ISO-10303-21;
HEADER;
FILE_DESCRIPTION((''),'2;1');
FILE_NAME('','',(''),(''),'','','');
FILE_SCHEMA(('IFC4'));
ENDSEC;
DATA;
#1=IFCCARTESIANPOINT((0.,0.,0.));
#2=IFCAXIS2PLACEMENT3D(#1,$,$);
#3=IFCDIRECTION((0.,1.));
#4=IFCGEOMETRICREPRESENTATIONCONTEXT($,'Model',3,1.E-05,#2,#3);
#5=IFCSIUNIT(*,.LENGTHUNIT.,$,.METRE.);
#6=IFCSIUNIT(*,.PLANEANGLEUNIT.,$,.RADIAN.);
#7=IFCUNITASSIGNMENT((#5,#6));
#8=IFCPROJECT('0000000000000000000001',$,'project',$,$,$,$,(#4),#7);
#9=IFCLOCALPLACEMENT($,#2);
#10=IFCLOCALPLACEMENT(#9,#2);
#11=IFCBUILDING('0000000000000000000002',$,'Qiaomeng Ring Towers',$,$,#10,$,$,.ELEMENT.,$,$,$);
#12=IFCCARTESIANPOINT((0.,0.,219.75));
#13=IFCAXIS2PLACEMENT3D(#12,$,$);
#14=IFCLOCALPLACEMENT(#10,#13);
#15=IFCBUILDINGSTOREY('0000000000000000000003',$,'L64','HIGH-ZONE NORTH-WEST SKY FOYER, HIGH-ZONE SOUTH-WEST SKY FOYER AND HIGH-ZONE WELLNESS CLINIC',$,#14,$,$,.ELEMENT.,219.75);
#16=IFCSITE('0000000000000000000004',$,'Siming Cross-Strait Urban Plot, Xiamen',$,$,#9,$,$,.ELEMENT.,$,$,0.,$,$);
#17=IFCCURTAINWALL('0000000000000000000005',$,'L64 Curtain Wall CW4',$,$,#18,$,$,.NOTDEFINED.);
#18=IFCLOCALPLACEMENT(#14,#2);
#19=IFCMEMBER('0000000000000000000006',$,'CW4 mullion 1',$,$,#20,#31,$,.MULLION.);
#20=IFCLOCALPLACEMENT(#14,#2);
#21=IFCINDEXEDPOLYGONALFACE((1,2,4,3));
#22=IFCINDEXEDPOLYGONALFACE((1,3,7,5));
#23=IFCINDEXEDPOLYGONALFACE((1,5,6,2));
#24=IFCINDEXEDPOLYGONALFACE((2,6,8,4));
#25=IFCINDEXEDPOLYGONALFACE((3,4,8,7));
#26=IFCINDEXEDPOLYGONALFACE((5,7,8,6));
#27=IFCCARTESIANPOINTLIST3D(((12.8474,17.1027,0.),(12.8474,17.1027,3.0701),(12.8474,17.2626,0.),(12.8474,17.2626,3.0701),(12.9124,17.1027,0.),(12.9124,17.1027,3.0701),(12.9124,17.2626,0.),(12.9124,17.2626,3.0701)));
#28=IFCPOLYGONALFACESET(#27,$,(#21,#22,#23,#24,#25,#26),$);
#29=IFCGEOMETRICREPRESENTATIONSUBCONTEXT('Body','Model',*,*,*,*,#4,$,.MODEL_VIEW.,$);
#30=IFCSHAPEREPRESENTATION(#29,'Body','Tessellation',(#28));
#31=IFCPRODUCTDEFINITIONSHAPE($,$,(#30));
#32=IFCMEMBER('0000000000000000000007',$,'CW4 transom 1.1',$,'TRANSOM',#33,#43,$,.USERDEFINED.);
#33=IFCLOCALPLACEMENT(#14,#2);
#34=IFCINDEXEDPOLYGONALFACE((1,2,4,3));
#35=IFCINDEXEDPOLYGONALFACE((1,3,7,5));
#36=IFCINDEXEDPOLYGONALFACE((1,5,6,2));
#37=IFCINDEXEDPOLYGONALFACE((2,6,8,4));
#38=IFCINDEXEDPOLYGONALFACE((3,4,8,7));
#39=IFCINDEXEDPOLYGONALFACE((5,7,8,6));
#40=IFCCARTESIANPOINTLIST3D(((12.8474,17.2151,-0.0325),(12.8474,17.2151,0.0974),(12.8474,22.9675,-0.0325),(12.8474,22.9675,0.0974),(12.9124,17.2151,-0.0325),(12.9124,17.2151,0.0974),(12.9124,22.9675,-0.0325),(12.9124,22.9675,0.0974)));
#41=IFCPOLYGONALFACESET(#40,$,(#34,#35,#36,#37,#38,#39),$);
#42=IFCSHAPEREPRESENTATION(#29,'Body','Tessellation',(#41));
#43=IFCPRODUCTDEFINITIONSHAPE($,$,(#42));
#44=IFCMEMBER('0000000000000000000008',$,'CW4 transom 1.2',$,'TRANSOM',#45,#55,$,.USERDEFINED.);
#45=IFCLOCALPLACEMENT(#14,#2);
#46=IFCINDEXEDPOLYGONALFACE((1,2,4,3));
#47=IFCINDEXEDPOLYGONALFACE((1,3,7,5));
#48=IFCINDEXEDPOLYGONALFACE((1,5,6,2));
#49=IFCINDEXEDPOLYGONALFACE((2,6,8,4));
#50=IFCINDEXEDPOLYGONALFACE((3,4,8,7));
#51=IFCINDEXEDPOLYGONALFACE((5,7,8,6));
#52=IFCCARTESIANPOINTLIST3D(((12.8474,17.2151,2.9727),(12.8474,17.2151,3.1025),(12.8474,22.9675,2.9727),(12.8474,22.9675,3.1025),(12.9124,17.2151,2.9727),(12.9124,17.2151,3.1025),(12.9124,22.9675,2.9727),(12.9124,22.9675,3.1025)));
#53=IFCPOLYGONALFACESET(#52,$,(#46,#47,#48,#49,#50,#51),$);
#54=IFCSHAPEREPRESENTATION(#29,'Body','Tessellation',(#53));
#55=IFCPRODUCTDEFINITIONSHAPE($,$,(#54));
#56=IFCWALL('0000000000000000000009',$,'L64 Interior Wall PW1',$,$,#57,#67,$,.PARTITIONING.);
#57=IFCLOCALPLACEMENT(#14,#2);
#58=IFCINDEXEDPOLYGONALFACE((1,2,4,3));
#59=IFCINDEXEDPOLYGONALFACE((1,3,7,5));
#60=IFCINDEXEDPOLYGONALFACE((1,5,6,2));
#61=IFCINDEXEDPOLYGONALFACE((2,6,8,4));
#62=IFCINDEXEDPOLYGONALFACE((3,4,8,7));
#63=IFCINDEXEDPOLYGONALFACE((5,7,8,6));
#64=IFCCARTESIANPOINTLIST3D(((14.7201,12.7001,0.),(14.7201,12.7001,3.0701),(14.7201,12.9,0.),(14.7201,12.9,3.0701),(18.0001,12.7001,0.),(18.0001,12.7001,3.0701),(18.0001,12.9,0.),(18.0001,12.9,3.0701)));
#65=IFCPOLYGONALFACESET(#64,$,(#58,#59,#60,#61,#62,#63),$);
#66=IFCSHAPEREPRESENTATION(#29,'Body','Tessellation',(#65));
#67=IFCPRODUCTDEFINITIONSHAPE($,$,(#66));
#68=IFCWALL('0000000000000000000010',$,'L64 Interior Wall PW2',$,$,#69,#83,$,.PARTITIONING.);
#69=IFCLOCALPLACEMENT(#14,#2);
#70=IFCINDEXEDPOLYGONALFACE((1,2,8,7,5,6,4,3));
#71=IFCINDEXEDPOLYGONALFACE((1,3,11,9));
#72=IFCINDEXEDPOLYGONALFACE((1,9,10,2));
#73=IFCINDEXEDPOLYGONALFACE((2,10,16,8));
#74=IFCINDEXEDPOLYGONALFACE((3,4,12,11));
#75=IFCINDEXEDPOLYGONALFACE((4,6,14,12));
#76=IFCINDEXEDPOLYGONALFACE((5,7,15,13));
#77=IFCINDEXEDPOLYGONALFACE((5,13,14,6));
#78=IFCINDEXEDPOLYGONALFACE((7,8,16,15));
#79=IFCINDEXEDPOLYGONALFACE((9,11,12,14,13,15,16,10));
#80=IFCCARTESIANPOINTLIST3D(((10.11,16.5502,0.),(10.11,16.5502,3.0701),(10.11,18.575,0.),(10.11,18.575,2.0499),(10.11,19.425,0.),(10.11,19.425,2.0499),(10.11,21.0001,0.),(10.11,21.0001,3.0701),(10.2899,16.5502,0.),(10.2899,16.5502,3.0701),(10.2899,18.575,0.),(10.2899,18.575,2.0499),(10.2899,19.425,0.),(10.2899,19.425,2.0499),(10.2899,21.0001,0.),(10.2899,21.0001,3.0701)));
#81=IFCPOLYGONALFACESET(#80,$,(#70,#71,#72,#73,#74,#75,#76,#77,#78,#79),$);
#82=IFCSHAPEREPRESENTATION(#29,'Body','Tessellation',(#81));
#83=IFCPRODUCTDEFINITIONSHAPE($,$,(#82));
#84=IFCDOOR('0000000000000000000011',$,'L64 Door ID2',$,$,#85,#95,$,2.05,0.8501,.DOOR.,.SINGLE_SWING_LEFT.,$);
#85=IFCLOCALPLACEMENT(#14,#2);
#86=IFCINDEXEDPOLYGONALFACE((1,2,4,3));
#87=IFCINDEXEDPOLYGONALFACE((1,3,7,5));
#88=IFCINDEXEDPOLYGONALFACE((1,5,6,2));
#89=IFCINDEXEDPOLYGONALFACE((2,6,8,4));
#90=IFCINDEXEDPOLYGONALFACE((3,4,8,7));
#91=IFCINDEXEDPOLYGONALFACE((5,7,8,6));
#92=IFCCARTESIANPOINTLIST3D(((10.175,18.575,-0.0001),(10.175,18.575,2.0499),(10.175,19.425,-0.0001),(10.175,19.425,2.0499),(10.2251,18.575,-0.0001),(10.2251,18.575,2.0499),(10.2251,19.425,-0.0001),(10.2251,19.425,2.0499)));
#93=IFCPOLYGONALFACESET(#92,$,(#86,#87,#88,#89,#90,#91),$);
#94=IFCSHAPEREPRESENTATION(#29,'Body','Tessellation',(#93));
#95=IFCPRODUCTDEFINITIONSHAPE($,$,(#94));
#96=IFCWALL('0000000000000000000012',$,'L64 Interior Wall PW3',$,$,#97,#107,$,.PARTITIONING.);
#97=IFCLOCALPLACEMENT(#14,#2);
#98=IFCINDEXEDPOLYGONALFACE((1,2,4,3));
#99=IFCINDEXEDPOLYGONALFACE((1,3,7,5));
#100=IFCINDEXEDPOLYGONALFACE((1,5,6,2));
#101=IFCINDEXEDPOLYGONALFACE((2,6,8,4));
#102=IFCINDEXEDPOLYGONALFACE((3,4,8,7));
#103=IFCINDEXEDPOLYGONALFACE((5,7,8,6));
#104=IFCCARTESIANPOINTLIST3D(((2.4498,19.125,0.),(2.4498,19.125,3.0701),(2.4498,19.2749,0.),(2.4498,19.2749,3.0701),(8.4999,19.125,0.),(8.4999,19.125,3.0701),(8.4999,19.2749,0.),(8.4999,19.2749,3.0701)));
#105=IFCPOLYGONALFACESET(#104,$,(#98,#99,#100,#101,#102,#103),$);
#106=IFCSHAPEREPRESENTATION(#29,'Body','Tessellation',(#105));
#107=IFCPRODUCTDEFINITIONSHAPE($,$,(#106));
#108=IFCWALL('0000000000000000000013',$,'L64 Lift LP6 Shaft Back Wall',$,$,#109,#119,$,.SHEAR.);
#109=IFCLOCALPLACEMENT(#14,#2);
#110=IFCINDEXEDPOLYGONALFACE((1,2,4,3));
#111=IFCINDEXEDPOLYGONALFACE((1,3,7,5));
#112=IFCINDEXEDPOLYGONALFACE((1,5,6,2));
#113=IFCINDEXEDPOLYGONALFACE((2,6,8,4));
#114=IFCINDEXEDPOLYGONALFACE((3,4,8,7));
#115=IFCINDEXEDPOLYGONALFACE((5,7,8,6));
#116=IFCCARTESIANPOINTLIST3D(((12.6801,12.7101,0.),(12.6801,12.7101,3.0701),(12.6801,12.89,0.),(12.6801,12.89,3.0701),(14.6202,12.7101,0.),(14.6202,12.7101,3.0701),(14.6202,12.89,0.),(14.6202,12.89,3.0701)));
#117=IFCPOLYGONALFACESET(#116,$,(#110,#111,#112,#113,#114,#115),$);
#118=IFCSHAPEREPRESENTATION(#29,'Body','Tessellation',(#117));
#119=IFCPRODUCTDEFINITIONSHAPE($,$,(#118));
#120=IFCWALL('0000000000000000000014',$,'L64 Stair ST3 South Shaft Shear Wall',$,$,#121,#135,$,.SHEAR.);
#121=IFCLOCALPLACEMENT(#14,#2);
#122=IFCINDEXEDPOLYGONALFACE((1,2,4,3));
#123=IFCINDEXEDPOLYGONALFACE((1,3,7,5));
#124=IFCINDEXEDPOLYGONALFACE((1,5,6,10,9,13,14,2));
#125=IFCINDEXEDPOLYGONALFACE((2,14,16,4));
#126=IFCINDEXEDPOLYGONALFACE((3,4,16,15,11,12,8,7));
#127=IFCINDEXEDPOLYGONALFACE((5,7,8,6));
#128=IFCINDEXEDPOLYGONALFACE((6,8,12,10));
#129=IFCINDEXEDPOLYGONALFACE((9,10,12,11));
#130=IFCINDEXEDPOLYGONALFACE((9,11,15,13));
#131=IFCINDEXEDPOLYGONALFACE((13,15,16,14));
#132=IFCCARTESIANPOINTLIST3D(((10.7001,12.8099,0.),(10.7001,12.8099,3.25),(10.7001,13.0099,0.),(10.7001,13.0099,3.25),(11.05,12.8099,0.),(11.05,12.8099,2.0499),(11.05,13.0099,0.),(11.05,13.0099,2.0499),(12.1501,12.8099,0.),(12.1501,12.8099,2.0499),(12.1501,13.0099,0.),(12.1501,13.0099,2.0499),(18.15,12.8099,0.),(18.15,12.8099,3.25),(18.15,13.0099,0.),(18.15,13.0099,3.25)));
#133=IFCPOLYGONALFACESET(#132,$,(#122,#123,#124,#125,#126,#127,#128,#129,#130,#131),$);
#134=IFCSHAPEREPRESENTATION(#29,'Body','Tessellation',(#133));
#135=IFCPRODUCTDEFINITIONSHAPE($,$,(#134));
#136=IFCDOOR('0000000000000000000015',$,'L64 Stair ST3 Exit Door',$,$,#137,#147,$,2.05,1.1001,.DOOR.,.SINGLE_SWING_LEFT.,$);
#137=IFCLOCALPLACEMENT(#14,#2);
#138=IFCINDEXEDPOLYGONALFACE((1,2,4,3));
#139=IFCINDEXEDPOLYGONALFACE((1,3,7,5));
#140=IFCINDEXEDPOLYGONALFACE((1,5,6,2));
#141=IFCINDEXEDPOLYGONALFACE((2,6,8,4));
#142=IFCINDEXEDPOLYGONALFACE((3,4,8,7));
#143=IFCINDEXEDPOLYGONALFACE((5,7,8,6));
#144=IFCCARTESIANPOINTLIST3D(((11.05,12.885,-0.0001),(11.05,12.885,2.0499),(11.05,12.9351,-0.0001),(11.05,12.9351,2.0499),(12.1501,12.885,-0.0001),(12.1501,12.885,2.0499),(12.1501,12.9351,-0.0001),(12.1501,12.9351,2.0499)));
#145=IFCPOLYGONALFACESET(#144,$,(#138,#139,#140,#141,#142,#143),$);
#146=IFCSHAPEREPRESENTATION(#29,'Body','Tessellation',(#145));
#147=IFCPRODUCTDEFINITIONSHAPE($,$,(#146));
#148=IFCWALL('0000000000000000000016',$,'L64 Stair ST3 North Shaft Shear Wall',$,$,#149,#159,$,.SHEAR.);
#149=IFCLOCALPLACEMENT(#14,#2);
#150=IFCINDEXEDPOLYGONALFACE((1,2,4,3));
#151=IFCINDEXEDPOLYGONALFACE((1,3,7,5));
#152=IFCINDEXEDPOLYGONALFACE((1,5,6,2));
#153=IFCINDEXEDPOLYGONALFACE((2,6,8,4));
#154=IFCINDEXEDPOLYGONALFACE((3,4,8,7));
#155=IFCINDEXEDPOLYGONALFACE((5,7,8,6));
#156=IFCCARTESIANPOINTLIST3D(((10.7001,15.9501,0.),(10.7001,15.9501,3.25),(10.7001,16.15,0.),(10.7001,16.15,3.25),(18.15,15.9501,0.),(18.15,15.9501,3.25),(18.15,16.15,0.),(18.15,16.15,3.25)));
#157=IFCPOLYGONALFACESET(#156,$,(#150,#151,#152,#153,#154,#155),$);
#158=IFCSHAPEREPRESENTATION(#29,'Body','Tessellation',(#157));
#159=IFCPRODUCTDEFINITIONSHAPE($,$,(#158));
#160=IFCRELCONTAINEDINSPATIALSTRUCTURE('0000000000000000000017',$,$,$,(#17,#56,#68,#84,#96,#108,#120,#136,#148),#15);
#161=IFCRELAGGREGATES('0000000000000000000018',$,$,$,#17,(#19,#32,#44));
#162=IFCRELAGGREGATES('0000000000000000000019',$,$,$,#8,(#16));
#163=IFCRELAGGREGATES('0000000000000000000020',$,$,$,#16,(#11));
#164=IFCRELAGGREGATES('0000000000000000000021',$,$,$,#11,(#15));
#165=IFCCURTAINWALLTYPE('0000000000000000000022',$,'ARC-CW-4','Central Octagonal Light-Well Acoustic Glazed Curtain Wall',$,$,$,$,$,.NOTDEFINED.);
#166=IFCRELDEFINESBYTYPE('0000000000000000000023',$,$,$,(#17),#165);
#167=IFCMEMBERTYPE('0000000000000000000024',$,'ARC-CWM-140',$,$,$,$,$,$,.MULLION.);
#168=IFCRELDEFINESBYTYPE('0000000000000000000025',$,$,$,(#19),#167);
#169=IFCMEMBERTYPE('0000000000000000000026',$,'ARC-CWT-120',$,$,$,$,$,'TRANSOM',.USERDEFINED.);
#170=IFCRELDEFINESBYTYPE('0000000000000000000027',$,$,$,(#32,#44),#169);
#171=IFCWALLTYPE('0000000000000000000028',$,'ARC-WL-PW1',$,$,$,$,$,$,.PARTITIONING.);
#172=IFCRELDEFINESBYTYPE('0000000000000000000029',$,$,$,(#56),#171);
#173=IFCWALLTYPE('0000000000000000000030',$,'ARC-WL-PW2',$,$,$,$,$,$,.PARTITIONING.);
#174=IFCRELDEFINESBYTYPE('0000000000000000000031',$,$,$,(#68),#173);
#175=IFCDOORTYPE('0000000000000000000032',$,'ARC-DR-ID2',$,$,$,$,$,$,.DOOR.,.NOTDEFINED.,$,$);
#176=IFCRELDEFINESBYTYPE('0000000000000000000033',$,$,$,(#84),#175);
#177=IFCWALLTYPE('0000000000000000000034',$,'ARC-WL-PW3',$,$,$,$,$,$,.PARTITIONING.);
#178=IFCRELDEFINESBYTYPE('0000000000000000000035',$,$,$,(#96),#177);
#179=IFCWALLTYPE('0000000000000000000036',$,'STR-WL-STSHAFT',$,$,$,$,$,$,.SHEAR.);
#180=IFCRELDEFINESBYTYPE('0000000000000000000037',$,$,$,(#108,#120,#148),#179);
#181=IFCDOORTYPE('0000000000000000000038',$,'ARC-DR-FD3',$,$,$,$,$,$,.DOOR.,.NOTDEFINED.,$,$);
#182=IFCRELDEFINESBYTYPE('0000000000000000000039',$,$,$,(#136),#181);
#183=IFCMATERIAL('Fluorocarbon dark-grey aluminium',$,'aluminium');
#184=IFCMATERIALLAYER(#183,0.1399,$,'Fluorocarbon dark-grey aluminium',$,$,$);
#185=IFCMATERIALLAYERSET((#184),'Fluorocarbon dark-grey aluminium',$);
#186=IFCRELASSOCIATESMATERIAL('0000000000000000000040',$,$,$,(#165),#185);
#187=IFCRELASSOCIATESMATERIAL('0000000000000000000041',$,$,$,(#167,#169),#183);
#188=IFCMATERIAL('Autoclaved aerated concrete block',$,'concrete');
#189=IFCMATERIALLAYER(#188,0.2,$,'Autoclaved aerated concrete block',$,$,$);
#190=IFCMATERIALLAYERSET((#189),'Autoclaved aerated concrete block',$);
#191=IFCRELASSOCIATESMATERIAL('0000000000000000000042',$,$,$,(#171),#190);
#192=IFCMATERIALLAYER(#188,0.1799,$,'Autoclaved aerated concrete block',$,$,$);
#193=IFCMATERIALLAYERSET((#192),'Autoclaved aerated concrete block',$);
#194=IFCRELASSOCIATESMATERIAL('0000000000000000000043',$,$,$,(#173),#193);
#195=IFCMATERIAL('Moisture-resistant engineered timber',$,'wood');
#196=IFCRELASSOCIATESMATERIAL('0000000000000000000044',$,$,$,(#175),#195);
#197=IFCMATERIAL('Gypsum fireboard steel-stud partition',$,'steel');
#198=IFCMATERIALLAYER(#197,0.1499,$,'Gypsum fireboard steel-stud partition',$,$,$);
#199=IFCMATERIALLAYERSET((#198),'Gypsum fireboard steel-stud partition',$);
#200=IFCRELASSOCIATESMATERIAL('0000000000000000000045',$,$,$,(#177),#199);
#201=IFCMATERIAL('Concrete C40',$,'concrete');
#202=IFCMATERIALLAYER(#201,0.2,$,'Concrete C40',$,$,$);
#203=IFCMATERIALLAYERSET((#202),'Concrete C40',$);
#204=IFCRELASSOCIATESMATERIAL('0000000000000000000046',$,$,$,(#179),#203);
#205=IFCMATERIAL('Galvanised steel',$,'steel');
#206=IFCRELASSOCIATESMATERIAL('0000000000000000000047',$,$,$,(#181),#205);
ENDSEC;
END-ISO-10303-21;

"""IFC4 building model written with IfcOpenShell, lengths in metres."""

from ifc_helpers import new_model, si_unit, direction, frame, frame_2d, origin, origin_2d, place, context, subcontext, project, spatial, rectangle, extrude, source, transform, mapped, material, layer, layer_set, material_profile, profile_set, type_object, element, fill, aggregate, save


model = new_model("IFC4")

# Units and contexts
model_context = context("Model", 3, precision=1e-05, world=origin(), true_north=direction((0.0, 1.0)))
body_context = subcontext(model_context, "Body", "Model", "MODEL_VIEW")
ifc_project = project(units=[si_unit("LENGTHUNIT", "METRE"), si_unit("PLANEANGLEUNIT", "RADIAN")], contexts=[model_context])

# Site, building, storey
site_placement = place(None, origin())
site = spatial("IfcSite", under=ifc_project, at=site_placement, Name="Siming Cross-Strait Urban Plot, Xiamen", CompositionType="ELEMENT", RefElevation=0.0)
building_placement = place(site_placement, origin())
building = spatial("IfcBuilding", under=site, at=building_placement, Name="Qiaomeng Ring Towers", CompositionType="ELEMENT")
storey_placement = place(building_placement, frame((0.0, 0.0, 219.75)))
storey = spatial("IfcBuildingStorey", under=building, at=storey_placement, Name="L64", Description="HIGH-ZONE NORTH-WEST SKY FOYER, HIGH-ZONE SOUTH-WEST SKY FOYER AND HIGH-ZONE WELLNESS CLINIC", CompositionType="ELEMENT", Elevation=219.75)

# Shared definitions
ifc_material_1 = material(Name="Concrete C40", Category="concrete")

# Curtain wall, members
ifc_material_2 = material(Name="Fluorocarbon dark-grey aluminium", Category="aluminium")
ifc_layer_1 = layer(ifc_material_2, 0.1399, Name="Fluorocarbon dark-grey aluminium")
ifc_layer_set_1 = layer_set([ifc_layer_1], Name="Fluorocarbon dark-grey aluminium")
curtain_wall_type = type_object("IfcCurtainWallType", Name="ARC-CW-4", Description="Central Octagonal Light-Well Acoustic Glazed Curtain Wall", PredefinedType="NOTDEFINED", material=ifc_layer_set_1)
curtain_wall_placement = place(storey_placement, origin())
curtain_wall = element("IfcCurtainWall", 1, at=curtain_wall_placement, inside=storey, type_object=curtain_wall_type, Name="L64 Curtain Wall CW4", PredefinedType="NOTDEFINED")
ifc_material_profile_1 = material_profile(ifc_material_2, rectangle(XDim=0.0649, YDim=0.1599, at=origin_2d()), Name="ALU MULL 65x160")
ifc_profile_set_1 = profile_set([ifc_material_profile_1], Name="Fluorocarbon dark-grey aluminium")
member_type_1 = type_object("IfcMemberType", Name="ARC-CWM-140", PredefinedType="MULLION", material=ifc_profile_set_1)
shared_shape_1 = source(origin(), body_context, "Body", "SweptSolid", [
    extrude(rectangle(XDim=0.0649, YDim=0.1599, at=origin_2d()), origin(), (0.0, 0.0, 1.0), 3.0701),
])
member_1_placement = place(storey_placement, frame((12.8799, 17.1826, 0.0), z_axis=(0.0, 0.0, 1.0), x_axis=(-1.0, 0.0, 0.0)))
member_1 = element("IfcMember", 2, at=member_1_placement, type_object=member_type_1, Name="CW4 mullion 1", PredefinedType="MULLION", context=body_context, shape_type="MappedRepresentation", body=[
    mapped(shared_shape_1, transform((0.0, 0.0, 0.0), x_axis=(1.0, 0.0, 0.0), y_axis=(0.0, 1.0, 0.0), z_axis=(0.0, 0.0, 1.0), scale=1.0)),
])
ifc_material_profile_2 = material_profile(ifc_material_2, rectangle(XDim=0.0649, YDim=0.1299, at=origin_2d()), Name="ALU TRAN 65x130")
ifc_profile_set_2 = profile_set([ifc_material_profile_2], Name="Fluorocarbon dark-grey aluminium")
member_type_2 = type_object("IfcMemberType", Name="ARC-CWT-120", ElementType="TRANSOM", PredefinedType="USERDEFINED", material=ifc_profile_set_2)
shared_shape_2 = source(origin(), body_context, "Body", "SweptSolid", [
    extrude(rectangle(XDim=0.0649, YDim=0.1299, at=origin_2d()), origin(), (0.0, 0.0, 1.0), 5.7524),
])
member_2_placement = place(storey_placement, frame((12.8799, 17.2151, 0.0325), z_axis=(0.0, 1.0, 0.0), x_axis=(-1.0, 0.0, 0.0)))
member_2 = element("IfcMember", 3, at=member_2_placement, type_object=member_type_2, Name="CW4 transom 1.1", ObjectType="TRANSOM", PredefinedType="USERDEFINED", context=body_context, shape_type="MappedRepresentation", body=[
    mapped(shared_shape_2, transform((0.0, 0.0, 0.0), x_axis=(1.0, 0.0, 0.0), y_axis=(0.0, 1.0, 0.0), z_axis=(0.0, 0.0, 1.0), scale=1.0)),
])
member_3_placement = place(storey_placement, frame((12.8799, 17.2151, 3.0376), z_axis=(0.0, 1.0, 0.0), x_axis=(-1.0, 0.0, 0.0)))
member_3 = element("IfcMember", 4, at=member_3_placement, type_object=member_type_2, Name="CW4 transom 1.2", ObjectType="TRANSOM", PredefinedType="USERDEFINED", context=body_context, shape_type="MappedRepresentation", body=[
    mapped(shared_shape_2, transform((0.0, 0.0, 0.0), x_axis=(1.0, 0.0, 0.0), y_axis=(0.0, 1.0, 0.0), z_axis=(0.0, 0.0, 1.0), scale=1.0)),
])
aggregate(curtain_wall, [member_1, member_2, member_3])

# Wall
ifc_material_3 = material(Name="Autoclaved aerated concrete block", Category="concrete")
ifc_layer_2 = layer(ifc_material_3, 0.2, Name="Autoclaved aerated concrete block")
ifc_layer_set_2 = layer_set([ifc_layer_2], Name="Autoclaved aerated concrete block")
wall_type_1 = type_object("IfcWallType", Name="ARC-WL-PW1", PredefinedType="PARTITIONING", material=ifc_layer_set_2)
wall_1_placement = place(storey_placement, frame((14.72, 12.8, 0.0), z_axis=(0.0, 0.0, 1.0), x_axis=(1.0, 0.0, 0.0)))
element("IfcWall", 5, at=wall_1_placement, inside=storey, type_object=wall_type_1, Name="L64 Interior Wall PW1", PredefinedType="PARTITIONING", context=body_context, shape_type="SweptSolid", body=[
    extrude(rectangle(XDim=3.28, YDim=0.2, at=frame_2d((1.6401, 0.0))), origin(), (0.0, 0.0, 1.0), 3.0701),
])

# Wall, opening, door
ifc_layer_3 = layer(ifc_material_3, 0.1799, Name="Autoclaved aerated concrete block")
ifc_layer_set_3 = layer_set([ifc_layer_3], Name="Autoclaved aerated concrete block")
wall_type_2 = type_object("IfcWallType", Name="ARC-WL-PW2", PredefinedType="PARTITIONING", material=ifc_layer_set_3)
wall_2_placement = place(storey_placement, frame((10.2, 16.55, 0.0), z_axis=(0.0, 0.0, 1.0), x_axis=(0.0, 1.0, 0.0)))
wall_2 = element("IfcWall", 6, at=wall_2_placement, inside=storey, type_object=wall_type_2, Name="L64 Interior Wall PW2", PredefinedType="PARTITIONING", context=body_context, shape_type="SweptSolid", body=[
    extrude(rectangle(XDim=4.45, YDim=0.1799, at=frame_2d((2.2251, 0.0))), origin(), (0.0, 0.0, 1.0), 3.0701),
])
opening_1_placement = place(wall_2_placement, frame((2.0249, 0.0, 0.0)))
opening_1 = element("IfcOpeningElement", 7, at=opening_1_placement, cuts=wall_2, PredefinedType="OPENING", context=body_context, shape_type="SweptSolid", body=[
    extrude(rectangle(XDim=0.8501, YDim=2.05, at=frame_2d((0.425, 1.0249))), frame((0.0, 0.0999, 0.0), z_axis=(0.0, -1.0, 0.0), x_axis=(1.0, 0.0, 0.0)), (0.0, 0.0, 1.0), 0.2),
])
ifc_material_4 = material(Name="Moisture-resistant engineered timber", Category="wood")
door_type_1 = type_object("IfcDoorType", Name="ARC-DR-ID2", OperationType="NOTDEFINED", PredefinedType="DOOR", material=ifc_material_4)
shared_shape_3 = source(origin(), body_context, "Body", "SweptSolid", [
    extrude(rectangle(XDim=0.8501, YDim=2.05, at=frame_2d((0.425, 1.0249))), frame((0.0, 0.0249, 0.0), z_axis=(0.0, -1.0, 0.0), x_axis=(1.0, 0.0, 0.0)), (0.0, 0.0, 1.0), 0.05),
])
door_1_placement = place(opening_1_placement, origin())
door_1 = element("IfcDoor", 8, at=door_1_placement, inside=storey, type_object=door_type_1, Name="L64 Door ID2", OperationType="SINGLE_SWING_LEFT", OverallHeight=2.05, OverallWidth=0.8501, PredefinedType="DOOR", context=body_context, shape_type="MappedRepresentation", body=[
    mapped(shared_shape_3, transform((0.0, 0.0, 0.0), x_axis=(1.0, 0.0, 0.0), y_axis=(0.0, 1.0, 0.0), z_axis=(0.0, 0.0, 1.0), scale=1.0)),
])
fill(opening_1, door_1)

# Walls
ifc_material_5 = material(Name="Gypsum fireboard steel-stud partition", Category="steel")
ifc_layer_4 = layer(ifc_material_5, 0.1499, Name="Gypsum fireboard steel-stud partition")
ifc_layer_set_4 = layer_set([ifc_layer_4], Name="Gypsum fireboard steel-stud partition")
wall_type_3 = type_object("IfcWallType", Name="ARC-WL-PW3", PredefinedType="PARTITIONING", material=ifc_layer_set_4)
wall_3_placement = place(storey_placement, frame((2.45, 19.2, 0.0), z_axis=(0.0, 0.0, 1.0), x_axis=(1.0, 0.0, 0.0)))
element("IfcWall", 9, at=wall_3_placement, inside=storey, type_object=wall_type_3, Name="L64 Interior Wall PW3", PredefinedType="PARTITIONING", context=body_context, shape_type="SweptSolid", body=[
    extrude(rectangle(XDim=6.05, YDim=0.1499, at=frame_2d((3.0249, 0.0))), origin(), (0.0, 0.0, 1.0), 3.0701),
])
ifc_layer_5 = layer(ifc_material_1, 0.2, Name="Concrete C40")
ifc_layer_set_5 = layer_set([ifc_layer_5], Name="Concrete C40")
wall_type_4 = type_object("IfcWallType", Name="STR-WL-STSHAFT", PredefinedType="SHEAR", material=ifc_layer_set_5)
wall_4_placement = place(storey_placement, frame((12.6799, 12.8, 0.0), z_axis=(0.0, 0.0, 1.0), x_axis=(1.0, 0.0, 0.0)))
element("IfcWall", 10, at=wall_4_placement, inside=storey, type_object=wall_type_4, Name="L64 Lift LP6 Shaft Back Wall", PredefinedType="SHEAR", context=body_context, shape_type="SweptSolid", body=[
    extrude(rectangle(XDim=1.9402, YDim=0.1799, at=frame_2d((0.9702, 0.0))), origin(), (0.0, 0.0, 1.0), 3.0701),
])

# Wall, opening, door
wall_5_placement = place(storey_placement, frame((10.7, 12.9099, 0.0), z_axis=(0.0, 0.0, 1.0), x_axis=(1.0, 0.0, 0.0)))
wall_5 = element("IfcWall", 11, at=wall_5_placement, inside=storey, type_object=wall_type_4, Name="L64 Stair ST3 South Shaft Shear Wall", PredefinedType="SHEAR", context=body_context, shape_type="SweptSolid", body=[
    extrude(rectangle(XDim=7.45, YDim=0.2, at=frame_2d((3.7251, 0.0))), origin(), (0.0, 0.0, 1.0), 3.25),
])
opening_2_placement = place(wall_5_placement, frame((0.3501, 0.0, 0.0)))
opening_2 = element("IfcOpeningElement", 12, at=opening_2_placement, cuts=wall_5, PredefinedType="OPENING", context=body_context, shape_type="SweptSolid", body=[
    extrude(rectangle(XDim=1.1001, YDim=2.05, at=frame_2d((0.55, 1.0249))), frame((0.0, 0.1099, 0.0), z_axis=(0.0, -1.0, 0.0), x_axis=(1.0, 0.0, 0.0)), (0.0, 0.0, 1.0), 0.22),
])
ifc_material_6 = material(Name="Galvanised steel", Category="steel")
door_type_2 = type_object("IfcDoorType", Name="ARC-DR-FD3", OperationType="NOTDEFINED", PredefinedType="DOOR", material=ifc_material_6)
shared_shape_4 = source(origin(), body_context, "Body", "SweptSolid", [
    extrude(rectangle(XDim=1.1001, YDim=2.05, at=frame_2d((0.55, 1.0249))), frame((0.0, 0.0249, 0.0), z_axis=(0.0, -1.0, 0.0), x_axis=(1.0, 0.0, 0.0)), (0.0, 0.0, 1.0), 0.05),
])
door_2_placement = place(opening_2_placement, frame((1.1001, 0.0, 0.0), z_axis=(0.0, 0.0, 1.0), x_axis=(-1.0, 0.0, 0.0)))
door_2 = element("IfcDoor", 13, at=door_2_placement, inside=storey, type_object=door_type_2, Name="L64 Stair ST3 Exit Door", OperationType="SINGLE_SWING_LEFT", OverallHeight=2.05, OverallWidth=1.1001, PredefinedType="DOOR", context=body_context, shape_type="MappedRepresentation", body=[
    mapped(shared_shape_4, transform((0.0, 0.0, 0.0), x_axis=(1.0, 0.0, 0.0), y_axis=(0.0, 1.0, 0.0), z_axis=(0.0, 0.0, 1.0), scale=1.0)),
])
fill(opening_2, door_2)

# Wall
wall_6_placement = place(storey_placement, frame((10.7, 16.05, 0.0), z_axis=(0.0, 0.0, 1.0), x_axis=(1.0, 0.0, 0.0)))
element("IfcWall", 14, at=wall_6_placement, inside=storey, type_object=wall_type_4, Name="L64 Stair ST3 North Shaft Shear Wall", PredefinedType="SHEAR", context=body_context, shape_type="SweptSolid", body=[
    extrude(rectangle(XDim=7.45, YDim=0.2, at=frame_2d((3.7251, 0.0))), origin(), (0.0, 0.0, 1.0), 3.25),
])

save(model, "model.ifc")
